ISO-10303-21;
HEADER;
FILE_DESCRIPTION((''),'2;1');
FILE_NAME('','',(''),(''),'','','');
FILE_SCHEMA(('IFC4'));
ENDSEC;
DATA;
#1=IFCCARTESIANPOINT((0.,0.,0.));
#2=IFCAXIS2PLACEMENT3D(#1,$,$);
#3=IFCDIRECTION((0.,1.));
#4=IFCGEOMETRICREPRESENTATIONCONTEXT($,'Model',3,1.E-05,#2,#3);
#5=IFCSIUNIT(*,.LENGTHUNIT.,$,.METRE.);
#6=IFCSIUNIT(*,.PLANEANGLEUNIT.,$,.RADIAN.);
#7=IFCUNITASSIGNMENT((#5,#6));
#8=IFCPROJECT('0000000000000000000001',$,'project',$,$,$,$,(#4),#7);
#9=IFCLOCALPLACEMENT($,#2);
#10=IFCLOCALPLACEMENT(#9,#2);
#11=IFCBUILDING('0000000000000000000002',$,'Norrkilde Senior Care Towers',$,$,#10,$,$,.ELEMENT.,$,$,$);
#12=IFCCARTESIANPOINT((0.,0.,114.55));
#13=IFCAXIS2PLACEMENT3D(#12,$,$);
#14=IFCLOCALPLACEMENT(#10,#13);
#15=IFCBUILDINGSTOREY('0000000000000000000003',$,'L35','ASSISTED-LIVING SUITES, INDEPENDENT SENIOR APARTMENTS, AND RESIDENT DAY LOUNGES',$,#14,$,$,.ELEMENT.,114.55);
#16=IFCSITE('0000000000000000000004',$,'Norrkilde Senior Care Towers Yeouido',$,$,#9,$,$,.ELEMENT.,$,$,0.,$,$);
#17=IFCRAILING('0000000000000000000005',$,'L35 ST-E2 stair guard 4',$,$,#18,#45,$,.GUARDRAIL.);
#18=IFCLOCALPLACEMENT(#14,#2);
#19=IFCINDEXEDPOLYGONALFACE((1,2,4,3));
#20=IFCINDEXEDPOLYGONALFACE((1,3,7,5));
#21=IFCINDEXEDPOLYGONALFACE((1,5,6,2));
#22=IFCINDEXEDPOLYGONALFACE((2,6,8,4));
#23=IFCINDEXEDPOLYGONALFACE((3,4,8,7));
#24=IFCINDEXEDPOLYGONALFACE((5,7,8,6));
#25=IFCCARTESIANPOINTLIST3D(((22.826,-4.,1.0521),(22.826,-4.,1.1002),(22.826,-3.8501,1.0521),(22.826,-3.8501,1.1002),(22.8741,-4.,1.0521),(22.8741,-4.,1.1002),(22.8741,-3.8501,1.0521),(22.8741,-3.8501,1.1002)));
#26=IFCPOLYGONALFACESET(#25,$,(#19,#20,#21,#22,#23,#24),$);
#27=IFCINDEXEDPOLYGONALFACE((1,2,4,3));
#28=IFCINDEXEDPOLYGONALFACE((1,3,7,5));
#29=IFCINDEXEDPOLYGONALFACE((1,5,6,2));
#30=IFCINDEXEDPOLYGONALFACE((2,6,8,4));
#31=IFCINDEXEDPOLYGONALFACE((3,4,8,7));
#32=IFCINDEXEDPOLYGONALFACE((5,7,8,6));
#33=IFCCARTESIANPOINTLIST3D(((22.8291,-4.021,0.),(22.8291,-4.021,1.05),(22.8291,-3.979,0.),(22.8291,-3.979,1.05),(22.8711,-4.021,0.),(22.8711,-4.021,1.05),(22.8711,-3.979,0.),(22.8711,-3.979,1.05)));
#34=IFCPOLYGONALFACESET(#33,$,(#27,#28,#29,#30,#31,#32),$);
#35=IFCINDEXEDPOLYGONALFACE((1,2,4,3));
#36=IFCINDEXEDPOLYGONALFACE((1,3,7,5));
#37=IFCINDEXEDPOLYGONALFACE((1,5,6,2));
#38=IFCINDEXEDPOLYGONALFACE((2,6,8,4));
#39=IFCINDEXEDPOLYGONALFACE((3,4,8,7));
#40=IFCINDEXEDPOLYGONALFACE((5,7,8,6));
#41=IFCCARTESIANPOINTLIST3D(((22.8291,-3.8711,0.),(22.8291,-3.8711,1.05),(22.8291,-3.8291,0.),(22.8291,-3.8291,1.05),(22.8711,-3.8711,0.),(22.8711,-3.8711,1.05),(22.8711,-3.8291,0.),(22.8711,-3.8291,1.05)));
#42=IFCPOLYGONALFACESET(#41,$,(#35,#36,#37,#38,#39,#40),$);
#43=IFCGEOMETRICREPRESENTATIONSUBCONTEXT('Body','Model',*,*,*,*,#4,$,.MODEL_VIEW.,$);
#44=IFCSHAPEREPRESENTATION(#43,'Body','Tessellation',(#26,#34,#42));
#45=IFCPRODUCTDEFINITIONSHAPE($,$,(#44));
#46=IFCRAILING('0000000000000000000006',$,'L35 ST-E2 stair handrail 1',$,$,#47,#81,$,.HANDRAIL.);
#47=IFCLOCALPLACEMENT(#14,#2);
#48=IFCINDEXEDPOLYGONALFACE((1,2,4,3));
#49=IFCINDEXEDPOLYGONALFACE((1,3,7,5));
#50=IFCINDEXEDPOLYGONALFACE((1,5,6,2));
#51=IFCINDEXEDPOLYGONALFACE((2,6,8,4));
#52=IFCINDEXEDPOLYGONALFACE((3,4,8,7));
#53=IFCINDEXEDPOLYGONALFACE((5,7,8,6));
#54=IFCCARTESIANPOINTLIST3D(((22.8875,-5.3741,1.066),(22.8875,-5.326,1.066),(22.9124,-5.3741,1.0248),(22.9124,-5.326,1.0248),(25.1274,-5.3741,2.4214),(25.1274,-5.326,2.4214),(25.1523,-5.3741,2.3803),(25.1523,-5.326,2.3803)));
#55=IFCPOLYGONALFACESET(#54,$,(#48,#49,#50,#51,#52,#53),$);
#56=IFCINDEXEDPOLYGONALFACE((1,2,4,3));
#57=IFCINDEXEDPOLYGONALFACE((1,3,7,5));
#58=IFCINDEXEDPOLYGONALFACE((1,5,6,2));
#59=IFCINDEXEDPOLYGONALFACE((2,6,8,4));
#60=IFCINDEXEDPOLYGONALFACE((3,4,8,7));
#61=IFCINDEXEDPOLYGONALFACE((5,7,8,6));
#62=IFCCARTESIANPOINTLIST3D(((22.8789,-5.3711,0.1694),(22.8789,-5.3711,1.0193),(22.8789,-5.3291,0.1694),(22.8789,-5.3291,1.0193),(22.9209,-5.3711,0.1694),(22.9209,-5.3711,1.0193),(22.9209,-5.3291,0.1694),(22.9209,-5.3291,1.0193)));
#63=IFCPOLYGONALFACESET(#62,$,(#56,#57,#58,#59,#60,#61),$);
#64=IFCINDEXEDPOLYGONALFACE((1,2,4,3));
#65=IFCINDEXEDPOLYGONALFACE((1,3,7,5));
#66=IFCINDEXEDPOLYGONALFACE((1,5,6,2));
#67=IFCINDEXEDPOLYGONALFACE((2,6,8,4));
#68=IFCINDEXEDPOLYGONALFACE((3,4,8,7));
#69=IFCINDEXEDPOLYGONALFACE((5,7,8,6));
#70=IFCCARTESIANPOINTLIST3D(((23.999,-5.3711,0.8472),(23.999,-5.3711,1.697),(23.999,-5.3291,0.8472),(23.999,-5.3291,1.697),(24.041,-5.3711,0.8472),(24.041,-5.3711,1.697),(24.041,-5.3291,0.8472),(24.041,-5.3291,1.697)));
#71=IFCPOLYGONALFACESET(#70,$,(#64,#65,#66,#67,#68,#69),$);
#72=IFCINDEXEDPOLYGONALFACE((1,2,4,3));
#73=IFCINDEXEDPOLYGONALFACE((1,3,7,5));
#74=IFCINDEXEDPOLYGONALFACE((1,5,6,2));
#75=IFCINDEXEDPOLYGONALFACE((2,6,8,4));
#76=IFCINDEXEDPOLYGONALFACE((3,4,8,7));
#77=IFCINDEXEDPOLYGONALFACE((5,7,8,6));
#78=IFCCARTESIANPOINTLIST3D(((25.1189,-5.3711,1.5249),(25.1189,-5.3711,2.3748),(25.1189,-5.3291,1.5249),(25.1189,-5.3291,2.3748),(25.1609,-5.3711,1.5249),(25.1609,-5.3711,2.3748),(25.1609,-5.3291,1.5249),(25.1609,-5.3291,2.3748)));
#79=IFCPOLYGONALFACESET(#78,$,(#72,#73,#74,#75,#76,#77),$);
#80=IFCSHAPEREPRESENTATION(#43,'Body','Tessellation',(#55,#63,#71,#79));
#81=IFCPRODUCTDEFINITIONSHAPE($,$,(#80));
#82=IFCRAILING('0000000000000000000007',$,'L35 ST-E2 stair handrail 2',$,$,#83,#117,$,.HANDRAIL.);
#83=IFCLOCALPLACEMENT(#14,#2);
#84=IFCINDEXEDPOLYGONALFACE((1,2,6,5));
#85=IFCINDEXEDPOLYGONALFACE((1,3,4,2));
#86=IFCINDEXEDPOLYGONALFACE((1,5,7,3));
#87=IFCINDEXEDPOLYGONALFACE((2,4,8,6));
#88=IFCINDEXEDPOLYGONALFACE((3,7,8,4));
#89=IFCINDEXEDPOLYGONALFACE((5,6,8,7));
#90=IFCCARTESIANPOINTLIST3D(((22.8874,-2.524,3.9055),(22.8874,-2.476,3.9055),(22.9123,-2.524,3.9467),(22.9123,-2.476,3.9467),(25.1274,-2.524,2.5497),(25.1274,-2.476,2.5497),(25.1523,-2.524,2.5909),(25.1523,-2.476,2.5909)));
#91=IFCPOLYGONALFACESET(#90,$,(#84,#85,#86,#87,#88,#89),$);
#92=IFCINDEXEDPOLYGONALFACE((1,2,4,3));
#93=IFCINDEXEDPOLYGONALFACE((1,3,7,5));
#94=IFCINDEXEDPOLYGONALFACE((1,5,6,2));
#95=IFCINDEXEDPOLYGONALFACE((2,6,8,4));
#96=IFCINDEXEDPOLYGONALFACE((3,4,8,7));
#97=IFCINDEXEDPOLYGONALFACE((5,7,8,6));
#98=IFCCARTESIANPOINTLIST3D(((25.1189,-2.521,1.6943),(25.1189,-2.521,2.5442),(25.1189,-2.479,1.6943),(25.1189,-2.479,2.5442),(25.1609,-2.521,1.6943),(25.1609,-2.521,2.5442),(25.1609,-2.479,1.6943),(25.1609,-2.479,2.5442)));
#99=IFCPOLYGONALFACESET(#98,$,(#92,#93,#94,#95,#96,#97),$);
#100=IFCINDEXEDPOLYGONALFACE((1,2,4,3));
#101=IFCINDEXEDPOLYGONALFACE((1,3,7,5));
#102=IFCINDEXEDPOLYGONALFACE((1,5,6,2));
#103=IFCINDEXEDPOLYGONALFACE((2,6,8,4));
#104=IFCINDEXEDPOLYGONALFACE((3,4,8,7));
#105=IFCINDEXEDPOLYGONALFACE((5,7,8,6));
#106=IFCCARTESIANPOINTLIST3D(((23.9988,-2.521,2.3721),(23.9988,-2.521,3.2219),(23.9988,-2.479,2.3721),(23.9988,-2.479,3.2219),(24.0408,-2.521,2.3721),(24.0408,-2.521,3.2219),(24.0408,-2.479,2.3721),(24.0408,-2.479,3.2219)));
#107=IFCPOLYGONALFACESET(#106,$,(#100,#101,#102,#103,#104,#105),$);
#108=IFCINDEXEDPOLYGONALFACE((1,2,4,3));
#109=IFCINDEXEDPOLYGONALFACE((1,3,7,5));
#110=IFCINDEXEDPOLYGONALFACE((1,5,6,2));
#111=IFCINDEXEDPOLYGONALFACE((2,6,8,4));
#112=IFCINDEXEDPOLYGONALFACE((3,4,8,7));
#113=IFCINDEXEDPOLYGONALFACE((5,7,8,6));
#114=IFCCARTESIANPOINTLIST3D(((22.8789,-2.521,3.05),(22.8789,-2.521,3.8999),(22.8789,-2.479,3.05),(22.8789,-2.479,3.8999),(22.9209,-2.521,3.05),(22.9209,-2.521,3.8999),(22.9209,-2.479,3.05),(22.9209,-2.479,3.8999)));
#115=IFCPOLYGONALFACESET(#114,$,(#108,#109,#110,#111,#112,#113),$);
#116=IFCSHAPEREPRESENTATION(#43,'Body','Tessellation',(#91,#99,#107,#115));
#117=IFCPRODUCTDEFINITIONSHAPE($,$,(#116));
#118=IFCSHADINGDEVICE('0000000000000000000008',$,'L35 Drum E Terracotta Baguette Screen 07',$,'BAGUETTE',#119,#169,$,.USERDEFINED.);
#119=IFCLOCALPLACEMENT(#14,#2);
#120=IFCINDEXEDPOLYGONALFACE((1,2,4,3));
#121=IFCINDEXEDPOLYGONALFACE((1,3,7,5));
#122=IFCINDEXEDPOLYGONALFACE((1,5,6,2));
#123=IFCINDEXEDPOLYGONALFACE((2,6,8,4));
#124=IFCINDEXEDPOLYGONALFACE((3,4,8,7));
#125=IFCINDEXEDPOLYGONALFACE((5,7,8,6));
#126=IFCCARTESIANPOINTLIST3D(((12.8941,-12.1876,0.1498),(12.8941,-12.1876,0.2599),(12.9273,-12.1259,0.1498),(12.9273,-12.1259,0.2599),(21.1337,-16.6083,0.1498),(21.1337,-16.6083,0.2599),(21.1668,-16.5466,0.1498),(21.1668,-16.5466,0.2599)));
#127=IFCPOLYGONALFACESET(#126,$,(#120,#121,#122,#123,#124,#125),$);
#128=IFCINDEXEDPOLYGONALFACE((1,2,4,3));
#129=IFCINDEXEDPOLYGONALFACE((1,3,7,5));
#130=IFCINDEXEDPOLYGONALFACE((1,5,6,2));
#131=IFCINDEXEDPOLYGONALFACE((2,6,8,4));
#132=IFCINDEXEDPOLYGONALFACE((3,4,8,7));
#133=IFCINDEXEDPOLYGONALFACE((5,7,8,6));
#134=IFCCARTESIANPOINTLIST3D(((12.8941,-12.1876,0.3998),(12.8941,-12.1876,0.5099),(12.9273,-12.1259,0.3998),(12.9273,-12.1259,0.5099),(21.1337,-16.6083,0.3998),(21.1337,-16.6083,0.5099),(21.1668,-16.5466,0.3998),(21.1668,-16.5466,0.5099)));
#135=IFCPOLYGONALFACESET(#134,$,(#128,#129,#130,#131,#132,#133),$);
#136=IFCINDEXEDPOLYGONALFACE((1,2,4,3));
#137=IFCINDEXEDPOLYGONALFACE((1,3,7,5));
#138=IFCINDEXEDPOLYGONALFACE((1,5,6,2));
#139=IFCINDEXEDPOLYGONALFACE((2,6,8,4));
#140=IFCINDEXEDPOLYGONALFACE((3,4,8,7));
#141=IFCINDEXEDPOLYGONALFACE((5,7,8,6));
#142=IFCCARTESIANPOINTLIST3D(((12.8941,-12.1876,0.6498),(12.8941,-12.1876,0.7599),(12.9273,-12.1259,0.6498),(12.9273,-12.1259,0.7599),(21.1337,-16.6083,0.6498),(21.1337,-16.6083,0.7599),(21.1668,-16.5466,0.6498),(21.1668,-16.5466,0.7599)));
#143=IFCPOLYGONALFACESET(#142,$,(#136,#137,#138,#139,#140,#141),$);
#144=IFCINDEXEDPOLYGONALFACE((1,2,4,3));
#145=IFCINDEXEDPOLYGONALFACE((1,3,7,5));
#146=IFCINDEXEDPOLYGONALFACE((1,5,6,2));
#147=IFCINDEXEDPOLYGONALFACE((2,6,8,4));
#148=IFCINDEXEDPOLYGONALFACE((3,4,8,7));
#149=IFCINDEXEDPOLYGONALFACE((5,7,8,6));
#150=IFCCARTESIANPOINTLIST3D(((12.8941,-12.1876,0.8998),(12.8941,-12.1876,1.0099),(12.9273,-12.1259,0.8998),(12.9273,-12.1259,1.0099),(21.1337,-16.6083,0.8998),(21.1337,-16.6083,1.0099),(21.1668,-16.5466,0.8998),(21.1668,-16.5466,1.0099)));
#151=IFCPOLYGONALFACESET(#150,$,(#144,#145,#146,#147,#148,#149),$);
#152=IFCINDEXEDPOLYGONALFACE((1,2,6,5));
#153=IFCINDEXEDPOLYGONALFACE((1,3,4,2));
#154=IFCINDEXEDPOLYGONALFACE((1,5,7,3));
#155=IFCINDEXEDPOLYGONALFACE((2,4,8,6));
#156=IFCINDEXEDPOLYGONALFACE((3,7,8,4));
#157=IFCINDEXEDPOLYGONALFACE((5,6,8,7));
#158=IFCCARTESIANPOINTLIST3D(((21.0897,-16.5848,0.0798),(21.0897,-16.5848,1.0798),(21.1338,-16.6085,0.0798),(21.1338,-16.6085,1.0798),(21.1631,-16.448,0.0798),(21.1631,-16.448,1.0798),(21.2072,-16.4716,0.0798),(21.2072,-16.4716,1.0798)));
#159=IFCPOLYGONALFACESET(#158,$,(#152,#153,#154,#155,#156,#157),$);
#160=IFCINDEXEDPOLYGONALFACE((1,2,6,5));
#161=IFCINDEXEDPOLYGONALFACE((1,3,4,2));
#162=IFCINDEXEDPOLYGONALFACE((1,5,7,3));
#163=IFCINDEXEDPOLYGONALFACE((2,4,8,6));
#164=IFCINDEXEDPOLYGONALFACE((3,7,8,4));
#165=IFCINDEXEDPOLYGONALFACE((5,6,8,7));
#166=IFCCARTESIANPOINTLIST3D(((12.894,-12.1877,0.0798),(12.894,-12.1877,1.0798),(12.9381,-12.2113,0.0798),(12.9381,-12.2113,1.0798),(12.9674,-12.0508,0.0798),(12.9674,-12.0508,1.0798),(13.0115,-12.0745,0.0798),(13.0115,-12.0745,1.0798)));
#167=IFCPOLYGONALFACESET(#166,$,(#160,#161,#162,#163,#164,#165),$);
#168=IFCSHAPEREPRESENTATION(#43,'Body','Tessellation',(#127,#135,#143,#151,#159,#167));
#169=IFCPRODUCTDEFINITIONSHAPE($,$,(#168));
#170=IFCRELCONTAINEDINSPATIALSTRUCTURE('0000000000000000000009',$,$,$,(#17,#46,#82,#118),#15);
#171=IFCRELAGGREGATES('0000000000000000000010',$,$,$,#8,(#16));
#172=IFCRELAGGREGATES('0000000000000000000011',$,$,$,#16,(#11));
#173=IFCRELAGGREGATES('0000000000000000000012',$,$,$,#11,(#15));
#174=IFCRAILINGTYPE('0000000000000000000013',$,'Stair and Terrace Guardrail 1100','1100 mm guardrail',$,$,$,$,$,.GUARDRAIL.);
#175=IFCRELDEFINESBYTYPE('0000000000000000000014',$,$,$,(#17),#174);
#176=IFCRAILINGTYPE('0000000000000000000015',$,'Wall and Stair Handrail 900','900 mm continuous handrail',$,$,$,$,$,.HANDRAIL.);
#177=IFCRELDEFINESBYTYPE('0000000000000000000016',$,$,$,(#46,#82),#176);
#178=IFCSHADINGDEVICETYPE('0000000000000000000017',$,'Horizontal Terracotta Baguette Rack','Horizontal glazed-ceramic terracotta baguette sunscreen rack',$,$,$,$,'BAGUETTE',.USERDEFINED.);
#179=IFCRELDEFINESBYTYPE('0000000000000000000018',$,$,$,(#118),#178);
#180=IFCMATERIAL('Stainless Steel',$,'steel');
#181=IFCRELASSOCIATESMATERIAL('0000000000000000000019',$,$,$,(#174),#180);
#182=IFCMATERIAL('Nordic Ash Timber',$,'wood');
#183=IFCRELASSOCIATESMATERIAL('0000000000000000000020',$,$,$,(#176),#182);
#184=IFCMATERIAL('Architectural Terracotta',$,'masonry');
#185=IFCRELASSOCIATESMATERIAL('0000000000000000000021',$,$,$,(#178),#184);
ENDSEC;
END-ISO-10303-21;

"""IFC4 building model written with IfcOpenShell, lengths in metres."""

from ifc_helpers import new_model, si_unit, direction, frame, origin, origin_2d, place, context, subcontext, project, spatial, rectangle, extrude, source, transform, mapped, material, type_object, type_shapes, element, save


model = new_model("IFC4")

# Units and contexts
model_context = context("Model", 3, precision=1e-05, world=origin(), true_north=direction((0.0, 1.0)))
body_context = subcontext(model_context, "Body", "Model", "MODEL_VIEW")
ifc_project = project(units=[si_unit("LENGTHUNIT", "METRE"), si_unit("PLANEANGLEUNIT", "RADIAN")], contexts=[model_context])

# Site, building, storey
site_placement = place(None, origin())
site = spatial("IfcSite", under=ifc_project, at=site_placement, Name="Norrkilde Senior Care Towers Yeouido", CompositionType="ELEMENT", RefElevation=0.0)
building_placement = place(site_placement, origin())
building = spatial("IfcBuilding", under=site, at=building_placement, Name="Norrkilde Senior Care Towers", CompositionType="ELEMENT")
storey_placement = place(building_placement, frame((0.0, 0.0, 114.55)))
storey = spatial("IfcBuildingStorey", under=building, at=storey_placement, Name="L35", Description="ASSISTED-LIVING SUITES, INDEPENDENT SENIOR APARTMENTS, AND RESIDENT DAY LOUNGES", CompositionType="ELEMENT", Elevation=114.55)

# Railings
ifc_material_1 = material(Name="Stainless Steel", Category="steel")
railing_type_1 = type_object("IfcRailingType", Name="Stair and Terrace Guardrail 1100", Description="1100 mm guardrail", PredefinedType="GUARDRAIL", material=ifc_material_1)
railing_1_placement = place(storey_placement, frame((22.8501, -4.0, 0.0)))
element("IfcRailing", 1, at=railing_1_placement, inside=storey, type_object=railing_type_1, Name="L35 ST-E2 stair guard 4", PredefinedType="GUARDRAIL", context=body_context, shape_type="SweptSolid", body=[
    extrude(rectangle(XDim=0.0481, YDim=0.0481, at=origin_2d()), frame((0.0, 0.0, 1.0762), z_axis=(0.0, 1.0, 0.0), x_axis=(-1.0, 0.0, 0.0)), (0.0, 0.0, 1.0), 0.1499),
    extrude(rectangle(XDim=0.042, YDim=0.042, at=origin_2d()), origin(), (0.0, 0.0, 1.0), 1.05),
    extrude(rectangle(XDim=0.042, YDim=0.042, at=origin_2d()), frame((0.0, 0.1499, 0.0)), (0.0, 0.0, 1.0), 1.05),
])
ifc_material_2 = material(Name="Nordic Ash Timber", Category="wood")
railing_type_2 = type_object("IfcRailingType", Name="Wall and Stair Handrail 900", Description="900 mm continuous handrail", PredefinedType="HANDRAIL", material=ifc_material_2)
railing_2_placement = place(storey_placement, frame((22.8999, -5.3501, 0.1694)))
element("IfcRailing", 2, at=railing_2_placement, inside=storey, type_object=railing_type_2, Name="L35 ST-E2 stair handrail 1", PredefinedType="HANDRAIL", context=body_context, shape_type="SweptSolid", body=[
    extrude(rectangle(XDim=0.0481, YDim=0.0481, at=origin_2d()), frame((0.0, 0.0, 0.876), z_axis=(0.855553, 0.0, 0.517715), x_axis=(0.0, 1.0, 0.0)), (0.0, 0.0, 1.0), 2.6182),
    extrude(rectangle(XDim=0.042, YDim=0.042, at=origin_2d()), origin(), (0.0, 0.0, 1.0), 0.8499),
    extrude(rectangle(XDim=0.042, YDim=0.042, at=origin_2d()), frame((1.1201, 0.0, 0.6777)), (0.0, 0.0, 1.0), 0.8499),
    extrude(rectangle(XDim=0.042, YDim=0.042, at=origin_2d()), frame((2.24, 0.0, 1.3555)), (0.0, 0.0, 1.0), 0.8499),
])
railing_3_placement = place(storey_placement, frame((25.1399, -2.5, 1.6943)))
element("IfcRailing", 3, at=railing_3_placement, inside=storey, type_object=railing_type_2, Name="L35 ST-E2 stair handrail 2", PredefinedType="HANDRAIL", context=body_context, shape_type="SweptSolid", body=[
    extrude(rectangle(XDim=0.0481, YDim=0.0481, at=origin_2d()), frame((0.0, 0.0, 0.876), z_axis=(-0.855512, 0.0, 0.517783), x_axis=(0.0, -1.0, 0.0)), (0.0, 0.0, 1.0), 2.6184),
    extrude(rectangle(XDim=0.042, YDim=0.042, at=origin_2d()), origin(), (0.0, 0.0, 1.0), 0.8499),
    extrude(rectangle(XDim=0.042, YDim=0.042, at=origin_2d()), frame((-1.1201, 0.0, 0.6777)), (0.0, 0.0, 1.0), 0.8499),
    extrude(rectangle(XDim=0.042, YDim=0.042, at=origin_2d()), frame((-2.24, 0.0, 1.3557)), (0.0, 0.0, 1.0), 0.8499),
])

# Shading device
ifc_material_3 = material(Name="Architectural Terracotta", Category="masonry")
shading_device_type = type_object("IfcShadingDeviceType", Name="Horizontal Terracotta Baguette Rack", Description="Horizontal glazed-ceramic terracotta baguette sunscreen rack", ElementType="BAGUETTE", PredefinedType="USERDEFINED", material=ifc_material_3)
shared_shape_1 = source(origin(), body_context, "Body", "SweptSolid", [
    extrude(rectangle(XDim=0.0701, YDim=0.1101, at=origin_2d()), frame((0.0, 0.0901, 0.125), z_axis=(1.0, 0.0, 0.0), x_axis=(0.0, 1.0, 0.0)), (0.0, 0.0, 1.0), 9.3506),
    extrude(rectangle(XDim=0.0701, YDim=0.1101, at=origin_2d()), frame((0.0, 0.0901, 0.375), z_axis=(1.0, 0.0, 0.0), x_axis=(0.0, 1.0, 0.0)), (0.0, 0.0, 1.0), 9.3506),
    extrude(rectangle(XDim=0.0701, YDim=0.1101, at=origin_2d()), frame((0.0, 0.0901, 0.625), z_axis=(1.0, 0.0, 0.0), x_axis=(0.0, 1.0, 0.0)), (0.0, 0.0, 1.0), 9.3506),
    extrude(rectangle(XDim=0.0701, YDim=0.1101, at=origin_2d()), frame((0.0, 0.0901, 0.875), z_axis=(1.0, 0.0, 0.0), x_axis=(0.0, 1.0, 0.0)), (0.0, 0.0, 1.0), 9.3506),
    extrude(rectangle(XDim=0.05, YDim=0.1553, at=origin_2d()), frame((0.0249, 0.0476, 0.0)), (0.0, 0.0, 1.0), 1.0),
    extrude(rectangle(XDim=0.05, YDim=0.1553, at=origin_2d()), frame((9.3257, 0.0476, 0.0)), (0.0, 0.0, 1.0), 1.0),
])
type_shapes(shading_device_type, [shared_shape_1])
shading_device_placement = place(storey_placement, frame((21.1929, -16.498, 0.0798), z_axis=(0.0, 0.0, 1.0), x_axis=(-0.881175, 0.472768, 0.0)))
element("IfcShadingDevice", 4, at=shading_device_placement, inside=storey, type_object=shading_device_type, Name="L35 Drum E Terracotta Baguette Screen 07", ObjectType="BAGUETTE", PredefinedType="USERDEFINED", context=body_context, shape_type="MappedRepresentation", body=[
    mapped(shared_shape_1, transform((0.0, 0.0, 0.0), x_axis=(1.0, 0.0, 0.0), y_axis=(0.0, 1.0, 0.0), z_axis=(0.0, 0.0, 1.0), scale=1.0)),
])

save(model, "model.ifc")
